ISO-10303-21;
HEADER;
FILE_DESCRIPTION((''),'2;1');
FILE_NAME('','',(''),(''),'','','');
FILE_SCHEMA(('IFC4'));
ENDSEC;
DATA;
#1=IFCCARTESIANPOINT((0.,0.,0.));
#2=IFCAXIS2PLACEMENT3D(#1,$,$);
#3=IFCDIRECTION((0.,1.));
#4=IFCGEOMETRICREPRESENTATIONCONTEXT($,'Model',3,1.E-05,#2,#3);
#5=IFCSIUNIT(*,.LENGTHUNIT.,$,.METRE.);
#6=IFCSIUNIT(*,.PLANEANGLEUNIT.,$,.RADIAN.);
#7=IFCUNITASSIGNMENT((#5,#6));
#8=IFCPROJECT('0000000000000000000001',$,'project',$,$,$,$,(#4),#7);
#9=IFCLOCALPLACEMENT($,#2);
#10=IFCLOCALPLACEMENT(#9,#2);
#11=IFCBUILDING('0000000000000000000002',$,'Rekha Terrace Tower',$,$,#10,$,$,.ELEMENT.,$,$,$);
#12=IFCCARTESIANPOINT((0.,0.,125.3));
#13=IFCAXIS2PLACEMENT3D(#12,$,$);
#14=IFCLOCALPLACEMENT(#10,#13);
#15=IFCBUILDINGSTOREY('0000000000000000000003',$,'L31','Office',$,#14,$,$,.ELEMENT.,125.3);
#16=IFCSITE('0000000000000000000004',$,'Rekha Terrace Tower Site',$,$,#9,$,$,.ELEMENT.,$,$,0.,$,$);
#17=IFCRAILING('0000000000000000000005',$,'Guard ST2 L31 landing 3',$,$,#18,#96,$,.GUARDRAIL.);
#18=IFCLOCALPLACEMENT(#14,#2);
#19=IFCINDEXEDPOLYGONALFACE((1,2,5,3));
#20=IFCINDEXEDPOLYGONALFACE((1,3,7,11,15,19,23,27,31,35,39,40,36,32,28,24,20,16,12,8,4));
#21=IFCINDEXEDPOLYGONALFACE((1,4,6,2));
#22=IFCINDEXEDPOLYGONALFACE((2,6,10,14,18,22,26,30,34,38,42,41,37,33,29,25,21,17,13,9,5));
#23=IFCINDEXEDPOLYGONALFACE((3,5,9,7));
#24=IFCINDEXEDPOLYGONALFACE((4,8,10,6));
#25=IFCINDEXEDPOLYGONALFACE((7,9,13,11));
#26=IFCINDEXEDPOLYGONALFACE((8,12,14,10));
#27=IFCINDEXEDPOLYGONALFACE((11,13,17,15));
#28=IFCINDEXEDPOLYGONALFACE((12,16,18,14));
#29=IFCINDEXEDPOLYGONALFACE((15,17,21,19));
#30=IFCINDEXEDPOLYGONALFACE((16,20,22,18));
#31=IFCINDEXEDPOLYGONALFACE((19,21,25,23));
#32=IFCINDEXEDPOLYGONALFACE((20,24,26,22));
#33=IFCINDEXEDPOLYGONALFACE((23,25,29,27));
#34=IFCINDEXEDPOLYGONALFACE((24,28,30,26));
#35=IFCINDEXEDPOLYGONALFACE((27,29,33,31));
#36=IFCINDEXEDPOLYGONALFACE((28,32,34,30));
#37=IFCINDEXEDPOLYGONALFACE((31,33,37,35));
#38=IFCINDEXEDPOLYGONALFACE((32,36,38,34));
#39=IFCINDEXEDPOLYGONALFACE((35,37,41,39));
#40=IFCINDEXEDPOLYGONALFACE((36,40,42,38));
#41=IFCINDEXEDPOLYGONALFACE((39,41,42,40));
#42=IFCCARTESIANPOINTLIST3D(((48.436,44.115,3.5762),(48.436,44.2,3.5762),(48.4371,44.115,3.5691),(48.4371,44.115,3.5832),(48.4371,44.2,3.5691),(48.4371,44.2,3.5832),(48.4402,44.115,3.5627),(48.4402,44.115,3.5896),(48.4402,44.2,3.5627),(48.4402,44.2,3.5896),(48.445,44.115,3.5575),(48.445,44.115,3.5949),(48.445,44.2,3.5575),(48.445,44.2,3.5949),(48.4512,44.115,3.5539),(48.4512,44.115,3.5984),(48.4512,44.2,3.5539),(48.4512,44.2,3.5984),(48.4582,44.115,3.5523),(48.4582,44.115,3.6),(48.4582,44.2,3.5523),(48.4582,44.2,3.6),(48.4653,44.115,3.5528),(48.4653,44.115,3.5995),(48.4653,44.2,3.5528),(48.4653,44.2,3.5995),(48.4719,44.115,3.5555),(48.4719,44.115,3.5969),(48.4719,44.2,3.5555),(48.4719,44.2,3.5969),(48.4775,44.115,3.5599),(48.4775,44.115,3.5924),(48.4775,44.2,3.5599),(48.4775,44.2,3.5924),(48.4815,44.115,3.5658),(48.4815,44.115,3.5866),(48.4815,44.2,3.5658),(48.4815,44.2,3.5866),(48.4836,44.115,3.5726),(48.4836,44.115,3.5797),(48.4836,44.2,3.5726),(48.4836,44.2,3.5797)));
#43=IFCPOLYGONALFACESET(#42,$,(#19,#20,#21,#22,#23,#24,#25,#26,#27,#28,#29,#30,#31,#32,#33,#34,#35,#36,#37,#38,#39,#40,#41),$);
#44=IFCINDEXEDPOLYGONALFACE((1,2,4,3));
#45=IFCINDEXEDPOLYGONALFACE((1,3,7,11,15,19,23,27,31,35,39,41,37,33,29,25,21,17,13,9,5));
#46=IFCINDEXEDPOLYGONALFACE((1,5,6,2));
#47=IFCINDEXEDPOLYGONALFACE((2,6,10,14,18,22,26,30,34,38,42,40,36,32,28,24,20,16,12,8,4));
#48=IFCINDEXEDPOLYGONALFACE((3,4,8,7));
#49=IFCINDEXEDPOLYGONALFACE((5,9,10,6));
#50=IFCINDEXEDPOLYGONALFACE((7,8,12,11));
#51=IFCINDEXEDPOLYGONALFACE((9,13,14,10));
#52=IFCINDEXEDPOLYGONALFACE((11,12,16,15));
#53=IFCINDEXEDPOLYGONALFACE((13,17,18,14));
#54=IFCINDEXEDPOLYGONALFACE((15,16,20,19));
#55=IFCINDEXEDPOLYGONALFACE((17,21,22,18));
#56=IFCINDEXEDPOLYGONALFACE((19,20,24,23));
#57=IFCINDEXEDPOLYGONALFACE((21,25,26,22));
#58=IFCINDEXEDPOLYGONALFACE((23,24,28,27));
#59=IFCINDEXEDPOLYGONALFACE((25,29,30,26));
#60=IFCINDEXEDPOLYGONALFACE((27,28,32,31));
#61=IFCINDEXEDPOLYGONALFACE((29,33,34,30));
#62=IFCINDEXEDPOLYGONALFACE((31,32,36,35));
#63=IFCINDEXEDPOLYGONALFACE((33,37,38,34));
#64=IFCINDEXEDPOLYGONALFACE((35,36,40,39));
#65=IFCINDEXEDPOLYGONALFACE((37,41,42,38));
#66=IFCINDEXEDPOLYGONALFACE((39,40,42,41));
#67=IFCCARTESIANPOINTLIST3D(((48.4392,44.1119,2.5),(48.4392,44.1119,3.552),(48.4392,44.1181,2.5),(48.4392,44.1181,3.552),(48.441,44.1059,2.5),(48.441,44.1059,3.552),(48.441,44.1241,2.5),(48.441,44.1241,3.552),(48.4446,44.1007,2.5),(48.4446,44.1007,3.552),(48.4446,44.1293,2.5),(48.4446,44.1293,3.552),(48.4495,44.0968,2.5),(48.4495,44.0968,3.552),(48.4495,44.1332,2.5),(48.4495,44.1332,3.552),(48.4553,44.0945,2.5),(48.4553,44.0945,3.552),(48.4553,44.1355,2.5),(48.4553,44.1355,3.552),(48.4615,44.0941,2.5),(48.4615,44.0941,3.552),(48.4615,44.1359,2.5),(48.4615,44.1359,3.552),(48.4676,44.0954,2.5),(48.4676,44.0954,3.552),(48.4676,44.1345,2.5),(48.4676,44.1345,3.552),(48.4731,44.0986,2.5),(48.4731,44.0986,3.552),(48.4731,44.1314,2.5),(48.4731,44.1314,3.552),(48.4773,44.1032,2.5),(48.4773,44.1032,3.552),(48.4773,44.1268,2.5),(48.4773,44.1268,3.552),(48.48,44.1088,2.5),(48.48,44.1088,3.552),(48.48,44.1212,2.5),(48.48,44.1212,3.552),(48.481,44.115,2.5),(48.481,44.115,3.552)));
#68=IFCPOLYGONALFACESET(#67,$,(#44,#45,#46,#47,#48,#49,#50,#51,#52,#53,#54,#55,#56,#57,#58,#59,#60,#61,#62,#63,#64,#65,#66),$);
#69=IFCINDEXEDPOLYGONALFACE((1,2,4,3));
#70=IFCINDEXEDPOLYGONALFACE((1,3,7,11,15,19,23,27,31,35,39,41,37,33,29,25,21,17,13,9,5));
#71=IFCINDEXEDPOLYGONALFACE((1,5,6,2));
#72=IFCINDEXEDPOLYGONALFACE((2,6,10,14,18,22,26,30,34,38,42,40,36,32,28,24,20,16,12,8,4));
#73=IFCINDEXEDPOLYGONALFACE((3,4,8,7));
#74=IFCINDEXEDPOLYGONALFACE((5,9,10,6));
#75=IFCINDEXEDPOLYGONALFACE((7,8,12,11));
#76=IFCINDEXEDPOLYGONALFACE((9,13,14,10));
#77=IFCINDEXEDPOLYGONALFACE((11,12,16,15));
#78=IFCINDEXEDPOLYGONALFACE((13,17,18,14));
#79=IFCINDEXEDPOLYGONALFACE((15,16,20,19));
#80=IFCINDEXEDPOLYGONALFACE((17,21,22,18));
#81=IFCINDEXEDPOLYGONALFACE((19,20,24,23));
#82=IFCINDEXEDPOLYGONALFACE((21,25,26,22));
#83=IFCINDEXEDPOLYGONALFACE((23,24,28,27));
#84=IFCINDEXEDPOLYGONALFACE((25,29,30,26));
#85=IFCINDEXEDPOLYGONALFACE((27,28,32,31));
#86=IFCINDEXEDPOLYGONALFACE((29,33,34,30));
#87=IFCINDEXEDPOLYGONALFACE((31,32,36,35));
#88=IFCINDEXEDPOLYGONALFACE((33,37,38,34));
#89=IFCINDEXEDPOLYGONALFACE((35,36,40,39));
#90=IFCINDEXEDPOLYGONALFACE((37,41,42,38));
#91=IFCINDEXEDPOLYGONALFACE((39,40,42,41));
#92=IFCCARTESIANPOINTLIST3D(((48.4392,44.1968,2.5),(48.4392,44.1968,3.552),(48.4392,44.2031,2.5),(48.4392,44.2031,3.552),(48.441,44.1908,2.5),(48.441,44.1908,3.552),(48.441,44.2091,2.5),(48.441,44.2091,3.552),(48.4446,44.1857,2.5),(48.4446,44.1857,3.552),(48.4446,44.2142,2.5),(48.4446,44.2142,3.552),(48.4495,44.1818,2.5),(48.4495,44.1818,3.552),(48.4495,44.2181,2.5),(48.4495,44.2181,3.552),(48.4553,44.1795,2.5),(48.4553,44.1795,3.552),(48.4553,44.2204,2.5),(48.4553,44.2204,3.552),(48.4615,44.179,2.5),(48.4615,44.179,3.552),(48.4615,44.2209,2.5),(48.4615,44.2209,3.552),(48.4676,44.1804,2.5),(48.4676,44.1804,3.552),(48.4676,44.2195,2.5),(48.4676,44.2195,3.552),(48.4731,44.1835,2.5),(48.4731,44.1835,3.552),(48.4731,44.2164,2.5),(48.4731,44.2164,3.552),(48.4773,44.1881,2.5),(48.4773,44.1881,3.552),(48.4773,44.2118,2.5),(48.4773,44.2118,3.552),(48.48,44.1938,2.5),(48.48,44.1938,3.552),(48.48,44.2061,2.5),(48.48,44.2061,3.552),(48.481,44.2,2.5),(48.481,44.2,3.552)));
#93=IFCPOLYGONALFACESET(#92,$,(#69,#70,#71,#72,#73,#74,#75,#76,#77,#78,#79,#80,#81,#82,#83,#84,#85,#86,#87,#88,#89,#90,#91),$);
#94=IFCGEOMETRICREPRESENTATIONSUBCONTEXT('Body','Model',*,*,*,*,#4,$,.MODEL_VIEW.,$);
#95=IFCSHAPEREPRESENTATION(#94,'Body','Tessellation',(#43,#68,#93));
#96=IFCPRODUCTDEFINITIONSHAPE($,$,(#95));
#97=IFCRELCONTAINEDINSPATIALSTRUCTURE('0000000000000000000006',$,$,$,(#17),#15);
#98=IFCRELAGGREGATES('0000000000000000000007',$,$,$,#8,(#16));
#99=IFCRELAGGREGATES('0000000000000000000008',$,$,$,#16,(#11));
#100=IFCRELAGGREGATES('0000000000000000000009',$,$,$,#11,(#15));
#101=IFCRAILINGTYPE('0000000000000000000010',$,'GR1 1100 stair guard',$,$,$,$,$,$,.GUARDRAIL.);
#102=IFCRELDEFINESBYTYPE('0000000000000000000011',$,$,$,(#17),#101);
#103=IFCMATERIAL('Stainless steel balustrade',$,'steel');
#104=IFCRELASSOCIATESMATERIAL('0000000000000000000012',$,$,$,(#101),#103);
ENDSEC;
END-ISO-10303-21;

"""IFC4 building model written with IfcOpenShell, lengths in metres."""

from ifc_helpers import new_model, si_unit, direction, frame, origin, origin_2d, place, context, subcontext, project, spatial, circle, extrude, material, type_object, element, save


model = new_model("IFC4")

# Units and contexts
model_context = context("Model", 3, precision=1e-05, world=origin(), true_north=direction((0.0, 1.0)))
body_context = subcontext(model_context, "Body", "Model", "MODEL_VIEW")
ifc_project = project(units=[si_unit("LENGTHUNIT", "METRE"), si_unit("PLANEANGLEUNIT", "RADIAN")], contexts=[model_context])

# Site, building, storey
site_placement = place(None, origin())
site = spatial("IfcSite", under=ifc_project, at=site_placement, Name="Rekha Terrace Tower Site", CompositionType="ELEMENT", RefElevation=0.0)
building_placement = place(site_placement, origin())
building = spatial("IfcBuilding", under=site, at=building_placement, Name="Rekha Terrace Tower", CompositionType="ELEMENT")
storey_placement = place(building_placement, frame((0.0, 0.0, 125.3)))
storey = spatial("IfcBuildingStorey", under=building, at=storey_placement, Name="L31", Description="Office", CompositionType="ELEMENT", Elevation=125.3)

# Railing
ifc_material_1 = material(Name="Stainless steel balustrade", Category="steel")
railing_type_1 = type_object("IfcRailingType", Name="GR1 1100 stair guard", PredefinedType="GUARDRAIL", material=ifc_material_1)
railing_1_placement = place(storey_placement, frame((48.46, 44.115, 2.5)))
element("IfcRailing", 1, at=railing_1_placement, inside=storey, type_object=railing_type_1, Name="Guard ST2 L31 landing 3", PredefinedType="GUARDRAIL", context=body_context, shape_type="SweptSolid", body=[
    extrude(circle(Radius=0.0239, at=origin_2d()), frame((0.0, 0.0, 1.0762), z_axis=(0.0, 1.0, 0.0), x_axis=(-1.0, 0.0, 0.0)), (0.0, 0.0, 1.0), 0.085),
    extrude(circle(Radius=0.021, at=origin_2d()), origin(), (0.0, 0.0, 1.0), 1.052),
    extrude(circle(Radius=0.021, at=origin_2d()), frame((0.0, 0.085, 0.0)), (0.0, 0.0, 1.0), 1.052),
])

save(model, "model.ifc")
